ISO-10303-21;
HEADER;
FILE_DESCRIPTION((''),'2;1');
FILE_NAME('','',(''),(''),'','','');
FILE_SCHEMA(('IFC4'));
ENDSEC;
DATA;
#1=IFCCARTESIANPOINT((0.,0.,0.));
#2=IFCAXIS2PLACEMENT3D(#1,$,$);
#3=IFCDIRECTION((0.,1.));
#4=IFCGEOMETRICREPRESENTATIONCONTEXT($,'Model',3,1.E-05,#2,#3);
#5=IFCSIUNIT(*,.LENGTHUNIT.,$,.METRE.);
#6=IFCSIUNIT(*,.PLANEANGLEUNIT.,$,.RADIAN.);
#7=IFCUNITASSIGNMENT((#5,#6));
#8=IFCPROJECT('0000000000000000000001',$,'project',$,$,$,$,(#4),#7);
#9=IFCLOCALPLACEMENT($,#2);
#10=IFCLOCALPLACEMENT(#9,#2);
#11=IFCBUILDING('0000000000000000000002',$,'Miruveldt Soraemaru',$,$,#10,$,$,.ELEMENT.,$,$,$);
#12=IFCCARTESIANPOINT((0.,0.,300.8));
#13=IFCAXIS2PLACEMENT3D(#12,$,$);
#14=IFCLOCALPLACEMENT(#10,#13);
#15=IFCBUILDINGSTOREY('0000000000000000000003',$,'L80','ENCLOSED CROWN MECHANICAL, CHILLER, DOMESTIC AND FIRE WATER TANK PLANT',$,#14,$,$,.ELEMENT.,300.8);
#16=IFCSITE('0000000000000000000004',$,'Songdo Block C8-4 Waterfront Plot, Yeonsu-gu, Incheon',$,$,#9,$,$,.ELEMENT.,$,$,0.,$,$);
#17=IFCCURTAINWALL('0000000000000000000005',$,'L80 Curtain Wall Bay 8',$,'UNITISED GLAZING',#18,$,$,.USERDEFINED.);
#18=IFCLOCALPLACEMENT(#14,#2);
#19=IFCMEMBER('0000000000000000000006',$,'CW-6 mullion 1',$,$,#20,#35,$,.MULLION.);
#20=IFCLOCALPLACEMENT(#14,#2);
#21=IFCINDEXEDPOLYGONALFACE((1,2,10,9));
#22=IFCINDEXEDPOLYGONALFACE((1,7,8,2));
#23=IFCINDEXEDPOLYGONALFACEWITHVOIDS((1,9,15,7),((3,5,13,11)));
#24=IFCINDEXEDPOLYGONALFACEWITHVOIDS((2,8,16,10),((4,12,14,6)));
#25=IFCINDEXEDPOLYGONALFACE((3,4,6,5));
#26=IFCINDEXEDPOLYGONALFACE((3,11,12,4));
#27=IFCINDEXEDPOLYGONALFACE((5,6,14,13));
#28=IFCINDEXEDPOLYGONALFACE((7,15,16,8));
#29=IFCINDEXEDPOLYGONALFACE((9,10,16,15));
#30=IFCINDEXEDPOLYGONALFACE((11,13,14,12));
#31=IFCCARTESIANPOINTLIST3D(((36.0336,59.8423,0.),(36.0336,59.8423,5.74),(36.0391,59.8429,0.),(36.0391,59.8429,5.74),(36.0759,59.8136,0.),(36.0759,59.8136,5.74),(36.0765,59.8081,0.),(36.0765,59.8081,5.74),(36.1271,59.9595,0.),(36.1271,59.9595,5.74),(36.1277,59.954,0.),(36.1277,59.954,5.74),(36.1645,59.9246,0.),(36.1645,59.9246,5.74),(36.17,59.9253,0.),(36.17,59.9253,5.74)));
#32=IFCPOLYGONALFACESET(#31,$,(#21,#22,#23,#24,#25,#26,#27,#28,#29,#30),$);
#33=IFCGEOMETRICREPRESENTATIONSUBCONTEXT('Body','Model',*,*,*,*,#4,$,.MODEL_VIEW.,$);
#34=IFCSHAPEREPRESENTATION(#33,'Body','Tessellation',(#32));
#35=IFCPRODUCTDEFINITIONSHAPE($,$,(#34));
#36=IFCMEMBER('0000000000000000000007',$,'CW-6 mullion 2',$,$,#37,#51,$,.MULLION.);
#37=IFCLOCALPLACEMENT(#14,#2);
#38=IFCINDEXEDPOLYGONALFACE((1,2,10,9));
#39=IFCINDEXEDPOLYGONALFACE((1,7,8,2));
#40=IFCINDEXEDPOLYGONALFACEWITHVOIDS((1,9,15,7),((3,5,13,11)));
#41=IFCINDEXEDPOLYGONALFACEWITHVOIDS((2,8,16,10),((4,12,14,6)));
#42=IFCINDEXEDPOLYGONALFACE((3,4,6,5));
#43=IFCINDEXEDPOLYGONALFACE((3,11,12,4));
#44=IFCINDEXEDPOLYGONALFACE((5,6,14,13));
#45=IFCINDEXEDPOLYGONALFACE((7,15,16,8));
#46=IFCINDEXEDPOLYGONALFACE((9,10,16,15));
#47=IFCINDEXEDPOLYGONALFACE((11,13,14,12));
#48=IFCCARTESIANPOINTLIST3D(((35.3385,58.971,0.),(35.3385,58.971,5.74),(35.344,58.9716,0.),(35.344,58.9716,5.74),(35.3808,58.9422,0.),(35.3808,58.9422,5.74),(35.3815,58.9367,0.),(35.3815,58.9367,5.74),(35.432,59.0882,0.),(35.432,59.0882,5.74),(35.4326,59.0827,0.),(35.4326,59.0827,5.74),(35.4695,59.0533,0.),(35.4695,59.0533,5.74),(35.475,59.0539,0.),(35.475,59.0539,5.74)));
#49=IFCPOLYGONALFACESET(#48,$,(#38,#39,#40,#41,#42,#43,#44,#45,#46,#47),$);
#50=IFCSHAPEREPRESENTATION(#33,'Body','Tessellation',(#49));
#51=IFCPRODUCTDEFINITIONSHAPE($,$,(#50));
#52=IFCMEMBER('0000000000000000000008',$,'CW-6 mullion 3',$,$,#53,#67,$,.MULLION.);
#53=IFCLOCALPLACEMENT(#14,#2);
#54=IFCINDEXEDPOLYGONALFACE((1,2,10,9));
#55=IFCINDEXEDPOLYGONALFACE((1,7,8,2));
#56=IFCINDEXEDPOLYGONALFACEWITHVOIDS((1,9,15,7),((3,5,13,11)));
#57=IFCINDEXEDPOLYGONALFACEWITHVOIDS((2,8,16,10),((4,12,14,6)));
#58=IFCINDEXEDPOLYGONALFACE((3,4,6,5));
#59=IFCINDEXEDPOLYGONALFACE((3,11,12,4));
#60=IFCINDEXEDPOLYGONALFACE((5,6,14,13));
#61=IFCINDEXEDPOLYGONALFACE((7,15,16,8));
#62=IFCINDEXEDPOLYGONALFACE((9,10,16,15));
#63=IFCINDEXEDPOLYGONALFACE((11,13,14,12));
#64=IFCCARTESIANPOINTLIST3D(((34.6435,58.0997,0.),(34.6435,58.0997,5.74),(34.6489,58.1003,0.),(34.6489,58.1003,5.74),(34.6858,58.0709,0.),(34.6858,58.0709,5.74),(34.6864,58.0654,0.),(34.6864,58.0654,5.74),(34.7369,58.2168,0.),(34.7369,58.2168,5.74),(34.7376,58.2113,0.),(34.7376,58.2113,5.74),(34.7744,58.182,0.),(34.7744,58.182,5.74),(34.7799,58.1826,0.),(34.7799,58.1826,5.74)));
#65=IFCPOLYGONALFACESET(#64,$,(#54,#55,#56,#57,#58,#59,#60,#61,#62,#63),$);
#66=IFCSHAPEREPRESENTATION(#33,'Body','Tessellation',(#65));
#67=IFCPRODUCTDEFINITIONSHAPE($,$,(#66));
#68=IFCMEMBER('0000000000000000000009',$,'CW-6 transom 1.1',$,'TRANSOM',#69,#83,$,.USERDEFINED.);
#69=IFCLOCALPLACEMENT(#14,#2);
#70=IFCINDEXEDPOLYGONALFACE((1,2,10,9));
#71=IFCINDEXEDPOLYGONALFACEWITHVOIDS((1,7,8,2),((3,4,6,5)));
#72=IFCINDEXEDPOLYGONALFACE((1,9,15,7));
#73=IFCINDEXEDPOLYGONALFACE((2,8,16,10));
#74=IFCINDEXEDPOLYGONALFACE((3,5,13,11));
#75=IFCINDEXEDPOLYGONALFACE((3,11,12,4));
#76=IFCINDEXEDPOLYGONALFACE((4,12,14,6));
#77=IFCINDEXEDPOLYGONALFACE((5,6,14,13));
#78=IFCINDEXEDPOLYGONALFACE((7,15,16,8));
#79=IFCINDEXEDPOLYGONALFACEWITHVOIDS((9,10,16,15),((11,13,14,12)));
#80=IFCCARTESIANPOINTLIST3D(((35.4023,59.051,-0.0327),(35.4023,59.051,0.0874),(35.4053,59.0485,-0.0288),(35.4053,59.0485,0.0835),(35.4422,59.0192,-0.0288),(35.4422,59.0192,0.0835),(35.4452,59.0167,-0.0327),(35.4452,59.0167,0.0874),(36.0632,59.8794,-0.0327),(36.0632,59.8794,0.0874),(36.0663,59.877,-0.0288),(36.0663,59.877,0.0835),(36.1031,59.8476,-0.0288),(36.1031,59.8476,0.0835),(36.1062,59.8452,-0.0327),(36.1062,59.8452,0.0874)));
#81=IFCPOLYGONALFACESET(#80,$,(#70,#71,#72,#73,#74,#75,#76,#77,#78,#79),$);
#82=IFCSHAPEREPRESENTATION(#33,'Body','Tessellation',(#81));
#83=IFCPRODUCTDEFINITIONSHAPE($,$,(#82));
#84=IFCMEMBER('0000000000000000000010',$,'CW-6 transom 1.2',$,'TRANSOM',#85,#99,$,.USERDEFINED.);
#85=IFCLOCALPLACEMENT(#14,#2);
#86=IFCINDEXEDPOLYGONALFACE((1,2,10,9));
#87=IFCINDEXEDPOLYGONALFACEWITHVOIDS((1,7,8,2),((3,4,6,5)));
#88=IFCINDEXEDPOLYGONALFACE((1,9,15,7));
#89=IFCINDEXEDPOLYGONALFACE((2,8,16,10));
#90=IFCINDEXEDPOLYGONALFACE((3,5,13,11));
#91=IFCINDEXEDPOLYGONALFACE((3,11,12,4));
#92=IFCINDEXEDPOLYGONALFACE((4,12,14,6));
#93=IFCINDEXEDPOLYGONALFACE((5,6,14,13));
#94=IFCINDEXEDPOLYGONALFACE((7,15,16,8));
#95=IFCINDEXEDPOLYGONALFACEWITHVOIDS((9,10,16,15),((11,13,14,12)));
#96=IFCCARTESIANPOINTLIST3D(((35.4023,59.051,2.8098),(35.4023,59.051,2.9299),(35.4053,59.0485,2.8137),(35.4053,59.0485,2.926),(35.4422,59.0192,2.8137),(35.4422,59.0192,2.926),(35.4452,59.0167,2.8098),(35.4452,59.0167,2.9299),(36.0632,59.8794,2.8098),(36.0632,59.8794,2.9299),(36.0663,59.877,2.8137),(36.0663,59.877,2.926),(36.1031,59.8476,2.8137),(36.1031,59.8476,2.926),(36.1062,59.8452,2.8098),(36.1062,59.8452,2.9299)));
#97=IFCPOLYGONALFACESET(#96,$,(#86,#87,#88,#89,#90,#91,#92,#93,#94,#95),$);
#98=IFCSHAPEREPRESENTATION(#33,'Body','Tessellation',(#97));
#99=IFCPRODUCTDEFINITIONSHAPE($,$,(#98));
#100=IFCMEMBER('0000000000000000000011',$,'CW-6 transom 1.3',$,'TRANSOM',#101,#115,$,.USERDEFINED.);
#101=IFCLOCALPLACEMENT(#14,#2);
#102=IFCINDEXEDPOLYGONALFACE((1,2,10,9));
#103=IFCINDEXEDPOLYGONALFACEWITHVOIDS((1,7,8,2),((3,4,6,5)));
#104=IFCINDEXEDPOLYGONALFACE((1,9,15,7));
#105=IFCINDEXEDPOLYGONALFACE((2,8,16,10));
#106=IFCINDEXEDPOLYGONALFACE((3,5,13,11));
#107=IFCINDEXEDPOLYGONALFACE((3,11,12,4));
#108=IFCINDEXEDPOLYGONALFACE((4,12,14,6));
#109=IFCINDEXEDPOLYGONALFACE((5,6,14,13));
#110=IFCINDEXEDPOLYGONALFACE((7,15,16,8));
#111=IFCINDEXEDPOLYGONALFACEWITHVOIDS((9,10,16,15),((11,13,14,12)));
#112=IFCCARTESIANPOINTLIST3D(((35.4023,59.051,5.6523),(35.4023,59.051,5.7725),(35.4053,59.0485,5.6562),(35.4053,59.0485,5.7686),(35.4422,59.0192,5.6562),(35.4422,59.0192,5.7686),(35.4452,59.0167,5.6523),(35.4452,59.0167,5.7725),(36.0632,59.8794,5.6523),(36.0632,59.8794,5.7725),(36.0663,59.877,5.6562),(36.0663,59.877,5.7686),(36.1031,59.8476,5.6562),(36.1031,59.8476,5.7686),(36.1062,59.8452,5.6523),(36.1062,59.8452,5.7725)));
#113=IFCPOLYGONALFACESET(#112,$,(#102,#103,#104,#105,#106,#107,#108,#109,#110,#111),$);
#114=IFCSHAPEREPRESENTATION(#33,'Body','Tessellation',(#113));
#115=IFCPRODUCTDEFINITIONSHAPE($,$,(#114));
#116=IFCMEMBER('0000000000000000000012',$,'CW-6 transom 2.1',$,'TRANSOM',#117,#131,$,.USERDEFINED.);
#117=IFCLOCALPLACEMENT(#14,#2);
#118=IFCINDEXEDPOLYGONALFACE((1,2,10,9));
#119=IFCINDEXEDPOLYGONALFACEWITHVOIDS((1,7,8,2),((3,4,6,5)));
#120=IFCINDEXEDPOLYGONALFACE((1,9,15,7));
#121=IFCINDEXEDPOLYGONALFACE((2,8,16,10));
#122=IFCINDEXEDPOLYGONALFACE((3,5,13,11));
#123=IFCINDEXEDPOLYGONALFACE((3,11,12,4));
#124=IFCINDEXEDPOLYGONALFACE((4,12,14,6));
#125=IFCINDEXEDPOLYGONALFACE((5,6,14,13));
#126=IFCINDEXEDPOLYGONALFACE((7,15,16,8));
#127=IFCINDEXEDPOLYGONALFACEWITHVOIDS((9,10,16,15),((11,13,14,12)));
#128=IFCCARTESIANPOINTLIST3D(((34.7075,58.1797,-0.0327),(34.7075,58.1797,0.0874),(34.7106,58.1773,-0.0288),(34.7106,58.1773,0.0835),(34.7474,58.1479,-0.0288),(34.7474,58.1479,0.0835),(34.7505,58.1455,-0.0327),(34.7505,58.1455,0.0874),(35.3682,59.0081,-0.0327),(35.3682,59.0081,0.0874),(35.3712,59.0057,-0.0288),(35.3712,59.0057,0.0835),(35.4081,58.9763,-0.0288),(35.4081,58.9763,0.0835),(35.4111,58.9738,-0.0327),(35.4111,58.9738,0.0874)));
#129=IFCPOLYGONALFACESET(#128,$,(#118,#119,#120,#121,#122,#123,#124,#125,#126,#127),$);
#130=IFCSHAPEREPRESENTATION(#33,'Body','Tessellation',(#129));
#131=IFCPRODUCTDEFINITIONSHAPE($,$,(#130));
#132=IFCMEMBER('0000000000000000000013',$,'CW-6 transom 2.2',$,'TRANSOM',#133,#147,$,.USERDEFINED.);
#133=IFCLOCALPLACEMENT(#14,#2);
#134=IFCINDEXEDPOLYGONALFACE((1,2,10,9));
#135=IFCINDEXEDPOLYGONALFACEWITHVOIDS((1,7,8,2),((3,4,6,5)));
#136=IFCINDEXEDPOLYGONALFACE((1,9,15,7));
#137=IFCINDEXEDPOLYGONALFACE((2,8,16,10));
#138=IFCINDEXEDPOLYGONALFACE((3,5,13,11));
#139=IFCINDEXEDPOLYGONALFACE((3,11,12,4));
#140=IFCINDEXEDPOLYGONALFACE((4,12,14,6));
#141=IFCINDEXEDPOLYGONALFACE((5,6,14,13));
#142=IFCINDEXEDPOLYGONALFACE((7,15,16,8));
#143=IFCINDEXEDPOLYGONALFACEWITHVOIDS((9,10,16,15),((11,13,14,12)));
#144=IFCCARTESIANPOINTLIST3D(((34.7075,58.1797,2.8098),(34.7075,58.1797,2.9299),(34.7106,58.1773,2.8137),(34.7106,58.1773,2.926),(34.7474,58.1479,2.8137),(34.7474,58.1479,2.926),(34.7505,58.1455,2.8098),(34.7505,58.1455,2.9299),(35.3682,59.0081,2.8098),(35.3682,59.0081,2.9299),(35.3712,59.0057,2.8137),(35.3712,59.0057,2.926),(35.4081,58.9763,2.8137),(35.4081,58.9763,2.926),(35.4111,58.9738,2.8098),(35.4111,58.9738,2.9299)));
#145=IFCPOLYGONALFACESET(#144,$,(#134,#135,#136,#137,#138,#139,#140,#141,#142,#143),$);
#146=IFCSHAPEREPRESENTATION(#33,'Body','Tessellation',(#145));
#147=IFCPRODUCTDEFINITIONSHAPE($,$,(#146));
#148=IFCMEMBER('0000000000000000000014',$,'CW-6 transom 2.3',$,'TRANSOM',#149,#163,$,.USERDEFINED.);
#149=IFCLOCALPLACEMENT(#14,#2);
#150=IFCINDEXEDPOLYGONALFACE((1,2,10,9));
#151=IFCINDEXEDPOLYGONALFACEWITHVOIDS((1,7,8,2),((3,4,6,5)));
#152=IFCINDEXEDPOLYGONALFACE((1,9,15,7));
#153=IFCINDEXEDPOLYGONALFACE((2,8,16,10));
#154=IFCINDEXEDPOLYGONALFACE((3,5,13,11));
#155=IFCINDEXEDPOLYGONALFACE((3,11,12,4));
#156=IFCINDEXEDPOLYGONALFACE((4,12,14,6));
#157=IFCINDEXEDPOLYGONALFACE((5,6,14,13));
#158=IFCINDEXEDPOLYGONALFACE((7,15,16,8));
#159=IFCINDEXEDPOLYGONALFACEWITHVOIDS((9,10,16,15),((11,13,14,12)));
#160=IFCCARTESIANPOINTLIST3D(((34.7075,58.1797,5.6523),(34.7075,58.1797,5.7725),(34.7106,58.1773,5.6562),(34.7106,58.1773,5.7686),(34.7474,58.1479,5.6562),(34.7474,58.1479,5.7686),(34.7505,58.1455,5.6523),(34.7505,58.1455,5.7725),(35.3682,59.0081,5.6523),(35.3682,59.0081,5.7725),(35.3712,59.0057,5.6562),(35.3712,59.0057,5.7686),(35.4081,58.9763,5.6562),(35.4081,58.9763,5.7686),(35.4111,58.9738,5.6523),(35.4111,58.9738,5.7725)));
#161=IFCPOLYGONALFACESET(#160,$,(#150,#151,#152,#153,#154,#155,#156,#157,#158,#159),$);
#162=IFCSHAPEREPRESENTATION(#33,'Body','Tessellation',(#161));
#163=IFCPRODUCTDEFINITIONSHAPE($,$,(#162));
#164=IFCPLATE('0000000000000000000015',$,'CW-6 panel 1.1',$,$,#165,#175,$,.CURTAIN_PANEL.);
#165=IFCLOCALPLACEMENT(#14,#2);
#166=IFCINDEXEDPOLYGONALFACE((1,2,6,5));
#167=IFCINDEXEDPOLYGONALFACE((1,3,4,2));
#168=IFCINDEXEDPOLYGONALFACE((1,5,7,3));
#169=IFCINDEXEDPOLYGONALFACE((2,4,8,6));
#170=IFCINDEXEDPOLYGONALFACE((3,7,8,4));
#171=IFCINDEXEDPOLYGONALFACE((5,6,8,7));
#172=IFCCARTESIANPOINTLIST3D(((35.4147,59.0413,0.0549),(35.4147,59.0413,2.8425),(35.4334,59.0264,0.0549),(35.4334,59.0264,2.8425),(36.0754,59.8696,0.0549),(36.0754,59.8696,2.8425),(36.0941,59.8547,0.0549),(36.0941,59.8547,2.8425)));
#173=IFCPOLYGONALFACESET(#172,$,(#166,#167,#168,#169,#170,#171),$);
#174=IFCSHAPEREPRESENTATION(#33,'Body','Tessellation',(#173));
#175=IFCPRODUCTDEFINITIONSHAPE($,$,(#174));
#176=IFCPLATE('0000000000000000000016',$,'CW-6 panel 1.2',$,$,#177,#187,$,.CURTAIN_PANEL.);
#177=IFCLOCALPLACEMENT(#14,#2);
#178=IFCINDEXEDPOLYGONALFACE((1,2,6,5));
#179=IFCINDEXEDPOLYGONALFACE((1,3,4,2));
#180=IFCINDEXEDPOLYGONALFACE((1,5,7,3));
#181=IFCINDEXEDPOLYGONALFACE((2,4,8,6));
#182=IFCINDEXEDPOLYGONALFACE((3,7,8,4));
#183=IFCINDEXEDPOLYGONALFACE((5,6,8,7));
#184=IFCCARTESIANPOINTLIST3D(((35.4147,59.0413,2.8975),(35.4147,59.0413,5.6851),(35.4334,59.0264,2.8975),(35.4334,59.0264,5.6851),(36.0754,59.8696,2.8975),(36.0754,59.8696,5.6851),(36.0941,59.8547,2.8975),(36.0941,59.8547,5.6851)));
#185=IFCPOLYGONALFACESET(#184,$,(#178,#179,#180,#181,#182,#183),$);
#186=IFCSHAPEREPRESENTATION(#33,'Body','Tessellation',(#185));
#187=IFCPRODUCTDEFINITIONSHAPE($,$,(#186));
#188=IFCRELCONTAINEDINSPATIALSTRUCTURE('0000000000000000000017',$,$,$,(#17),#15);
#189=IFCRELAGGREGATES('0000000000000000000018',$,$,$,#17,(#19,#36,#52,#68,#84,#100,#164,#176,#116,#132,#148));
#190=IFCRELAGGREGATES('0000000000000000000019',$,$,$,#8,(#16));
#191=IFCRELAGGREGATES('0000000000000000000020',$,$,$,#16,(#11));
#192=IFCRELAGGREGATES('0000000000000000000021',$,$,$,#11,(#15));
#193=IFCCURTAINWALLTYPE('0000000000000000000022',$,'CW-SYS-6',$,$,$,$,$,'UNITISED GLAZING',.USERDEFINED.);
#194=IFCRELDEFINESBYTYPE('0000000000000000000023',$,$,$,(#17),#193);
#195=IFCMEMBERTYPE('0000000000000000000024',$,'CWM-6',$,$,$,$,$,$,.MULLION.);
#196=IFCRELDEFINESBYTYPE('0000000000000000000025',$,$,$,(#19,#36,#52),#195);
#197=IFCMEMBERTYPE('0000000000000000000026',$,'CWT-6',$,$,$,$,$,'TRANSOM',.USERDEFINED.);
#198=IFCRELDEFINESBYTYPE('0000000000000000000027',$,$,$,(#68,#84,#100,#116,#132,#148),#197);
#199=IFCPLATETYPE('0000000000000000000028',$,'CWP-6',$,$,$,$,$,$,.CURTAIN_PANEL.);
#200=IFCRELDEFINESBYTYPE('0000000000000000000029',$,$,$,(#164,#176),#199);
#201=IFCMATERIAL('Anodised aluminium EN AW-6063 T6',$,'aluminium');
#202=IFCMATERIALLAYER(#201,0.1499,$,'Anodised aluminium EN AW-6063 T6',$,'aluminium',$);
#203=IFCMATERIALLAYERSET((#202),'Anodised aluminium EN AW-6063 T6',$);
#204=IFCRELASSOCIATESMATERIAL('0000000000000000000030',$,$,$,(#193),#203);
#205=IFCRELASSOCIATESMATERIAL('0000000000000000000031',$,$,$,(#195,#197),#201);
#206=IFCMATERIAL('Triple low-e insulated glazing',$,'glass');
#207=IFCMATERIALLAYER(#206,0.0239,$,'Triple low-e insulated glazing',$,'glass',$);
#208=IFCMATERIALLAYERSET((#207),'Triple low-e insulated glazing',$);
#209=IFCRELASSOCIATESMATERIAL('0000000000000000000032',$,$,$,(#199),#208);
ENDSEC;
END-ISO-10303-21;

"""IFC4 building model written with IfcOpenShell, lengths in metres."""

from ifc_helpers import new_model, si_unit, direction, frame, origin, origin_2d, place, context, subcontext, project, spatial, rectangle, hollow_rectangle, extrude, material, layer, layer_set, material_profile, profile_set, type_object, element, aggregate, save


model = new_model("IFC4")

# Units and contexts
model_context = context("Model", 3, precision=1e-05, world=origin(), true_north=direction((0.0, 1.0)))
body_context = subcontext(model_context, "Body", "Model", "MODEL_VIEW")
ifc_project = project(units=[si_unit("LENGTHUNIT", "METRE"), si_unit("PLANEANGLEUNIT", "RADIAN")], contexts=[model_context])

# Site, building, storey
site_placement = place(None, origin())
site = spatial("IfcSite", under=ifc_project, at=site_placement, Name="Songdo Block C8-4 Waterfront Plot, Yeonsu-gu, Incheon", CompositionType="ELEMENT", RefElevation=0.0)
building_placement = place(site_placement, origin())
building = spatial("IfcBuilding", under=site, at=building_placement, Name="Miruveldt Soraemaru", CompositionType="ELEMENT")
storey_placement = place(building_placement, frame((0.0, 0.0, 300.8)))
storey = spatial("IfcBuildingStorey", under=building, at=storey_placement, Name="L80", Description="ENCLOSED CROWN MECHANICAL, CHILLER, DOMESTIC AND FIRE WATER TANK PLANT", CompositionType="ELEMENT", Elevation=300.8)

# Curtain wall, members, plates
ifc_material_1 = material(Name="Anodised aluminium EN AW-6063 T6", Category="aluminium")
ifc_layer_1 = layer(ifc_material_1, 0.1499, Name="Anodised aluminium EN AW-6063 T6", Category="aluminium")
ifc_layer_set_1 = layer_set([ifc_layer_1], Name="Anodised aluminium EN AW-6063 T6")
curtain_wall_type = type_object("IfcCurtainWallType", Name="CW-SYS-6", ElementType="UNITISED GLAZING", PredefinedType="USERDEFINED", material=ifc_layer_set_1)
curtain_wall_placement = place(storey_placement, origin())
curtain_wall = element("IfcCurtainWall", 1, at=curtain_wall_placement, inside=storey, type_object=curtain_wall_type, Name="L80 Curtain Wall Bay 8", ObjectType="UNITISED GLAZING", PredefinedType="USERDEFINED")
ifc_material_profile_1 = material_profile(ifc_material_1, hollow_rectangle(XDim=0.0549, YDim=0.1499, WallThickness=0.0039, at=origin_2d()), Name="Anodised aluminium EN AW-6063 T6", Category="aluminium")
ifc_profile_set_1 = profile_set([ifc_material_profile_1], Name="Anodised aluminium EN AW-6063 T6")
member_type_1 = type_object("IfcMemberType", Name="CWM-6", PredefinedType="MULLION", material=ifc_profile_set_1)
member_1_placement = place(storey_placement, frame((36.1018, 59.8838, 0.0), z_axis=(0.0, 0.0, 1.0), x_axis=(0.781722, -0.623627, 0.0)))
member_1 = element("IfcMember", 2, at=member_1_placement, type_object=member_type_1, Name="CW-6 mullion 1", PredefinedType="MULLION", context=body_context, shape_type="SweptSolid", body=[
    extrude(hollow_rectangle(XDim=0.0549, YDim=0.1499, WallThickness=0.0039, at=origin_2d()), origin(), (0.0, 0.0, 1.0), 5.74),
])
member_2_placement = place(storey_placement, frame((35.4067, 59.0125, 0.0), z_axis=(0.0, 0.0, 1.0), x_axis=(0.781722, -0.623627, 0.0)))
member_2 = element("IfcMember", 3, at=member_2_placement, type_object=member_type_1, Name="CW-6 mullion 2", PredefinedType="MULLION", context=body_context, shape_type="SweptSolid", body=[
    extrude(hollow_rectangle(XDim=0.0549, YDim=0.1499, WallThickness=0.0039, at=origin_2d()), origin(), (0.0, 0.0, 1.0), 5.74),
])
member_3_placement = place(storey_placement, frame((34.7117, 58.1411, 0.0), z_axis=(0.0, 0.0, 1.0), x_axis=(0.781722, -0.623627, 0.0)))
member_3 = element("IfcMember", 4, at=member_3_placement, type_object=member_type_1, Name="CW-6 mullion 3", PredefinedType="MULLION", context=body_context, shape_type="SweptSolid", body=[
    extrude(hollow_rectangle(XDim=0.0549, YDim=0.1499, WallThickness=0.0039, at=origin_2d()), origin(), (0.0, 0.0, 1.0), 5.74),
])
ifc_material_profile_2 = material_profile(ifc_material_1, hollow_rectangle(XDim=0.0549, YDim=0.1201, WallThickness=0.0039, at=origin_2d()), Name="Anodised aluminium EN AW-6063 T6", Category="aluminium")
ifc_profile_set_2 = profile_set([ifc_material_profile_2], Name="Anodised aluminium EN AW-6063 T6")
member_type_2 = type_object("IfcMemberType", Name="CWT-6", ElementType="TRANSOM", PredefinedType="USERDEFINED", material=ifc_profile_set_2)
member_4_placement = place(storey_placement, frame((36.0847, 59.8623, 0.0273), z_axis=(-0.623655, -0.7817, 0.0), x_axis=(0.7817, -0.623655, 0.0)))
member_4 = element("IfcMember", 5, at=member_4_placement, type_object=member_type_2, Name="CW-6 transom 1.1", ObjectType="TRANSOM", PredefinedType="USERDEFINED", context=body_context, shape_type="SweptSolid", body=[
    extrude(hollow_rectangle(XDim=0.0549, YDim=0.1201, WallThickness=0.0039, at=origin_2d()), origin(), (0.0, 0.0, 1.0), 1.0598),
])
member_5_placement = place(storey_placement, frame((36.0847, 59.8623, 2.8699), z_axis=(-0.623655, -0.7817, 0.0), x_axis=(0.7817, -0.623655, 0.0)))
member_5 = element("IfcMember", 6, at=member_5_placement, type_object=member_type_2, Name="CW-6 transom 1.2", ObjectType="TRANSOM", PredefinedType="USERDEFINED", context=body_context, shape_type="SweptSolid", body=[
    extrude(hollow_rectangle(XDim=0.0549, YDim=0.1201, WallThickness=0.0039, at=origin_2d()), origin(), (0.0, 0.0, 1.0), 1.0598),
])
member_6_placement = place(storey_placement, frame((36.0847, 59.8623, 5.7124), z_axis=(-0.623655, -0.7817, 0.0), x_axis=(0.7817, -0.623655, 0.0)))
member_6 = element("IfcMember", 7, at=member_6_placement, type_object=member_type_2, Name="CW-6 transom 1.3", ObjectType="TRANSOM", PredefinedType="USERDEFINED", context=body_context, shape_type="SweptSolid", body=[
    extrude(hollow_rectangle(XDim=0.0549, YDim=0.1201, WallThickness=0.0039, at=origin_2d()), origin(), (0.0, 0.0, 1.0), 1.0598),
])
member_7_placement = place(storey_placement, frame((35.3896, 58.991, 0.0273), z_axis=(-0.623514, -0.781812, 0.0), x_axis=(0.781812, -0.623514, 0.0)))
member_7 = element("IfcMember", 8, at=member_7_placement, type_object=member_type_2, Name="CW-6 transom 2.1", ObjectType="TRANSOM", PredefinedType="USERDEFINED", context=body_context, shape_type="SweptSolid", body=[
    extrude(hollow_rectangle(XDim=0.0549, YDim=0.1201, WallThickness=0.0039, at=origin_2d()), origin(), (0.0, 0.0, 1.0), 1.0596),
])
member_8_placement = place(storey_placement, frame((35.3896, 58.991, 2.8699), z_axis=(-0.623514, -0.781812, 0.0), x_axis=(0.781812, -0.623514, 0.0)))
member_8 = element("IfcMember", 9, at=member_8_placement, type_object=member_type_2, Name="CW-6 transom 2.2", ObjectType="TRANSOM", PredefinedType="USERDEFINED", context=body_context, shape_type="SweptSolid", body=[
    extrude(hollow_rectangle(XDim=0.0549, YDim=0.1201, WallThickness=0.0039, at=origin_2d()), origin(), (0.0, 0.0, 1.0), 1.0596),
])
member_9_placement = place(storey_placement, frame((35.3896, 58.991, 5.7124), z_axis=(-0.623514, -0.781812, 0.0), x_axis=(0.781812, -0.623514, 0.0)))
member_9 = element("IfcMember", 10, at=member_9_placement, type_object=member_type_2, Name="CW-6 transom 2.3", ObjectType="TRANSOM", PredefinedType="USERDEFINED", context=body_context, shape_type="SweptSolid", body=[
    extrude(hollow_rectangle(XDim=0.0549, YDim=0.1201, WallThickness=0.0039, at=origin_2d()), origin(), (0.0, 0.0, 1.0), 1.0596),
])
ifc_material_2 = material(Name="Triple low-e insulated glazing", Category="glass")
ifc_layer_2 = layer(ifc_material_2, 0.0239, Name="Triple low-e insulated glazing", Category="glass")
ifc_layer_set_2 = layer_set([ifc_layer_2], Name="Triple low-e insulated glazing")
plate_type_1 = type_object("IfcPlateType", Name="CWP-6", PredefinedType="CURTAIN_PANEL", material=ifc_layer_set_2)
plate_1_placement = place(storey_placement, frame((35.7544, 59.448, 0.0549), z_axis=(0.0, 0.0, 1.0), x_axis=(-0.623627, -0.781722, 0.0)))
plate_1 = element("IfcPlate", 11, at=plate_1_placement, type_object=plate_type_1, Name="CW-6 panel 1.1", PredefinedType="CURTAIN_PANEL", context=body_context, shape_type="SweptSolid", body=[
    extrude(rectangle(XDim=1.0596, YDim=0.0239, at=origin_2d()), origin(), (0.0, 0.0, 1.0), 2.7876),
])
plate_2_placement = place(storey_placement, frame((35.7544, 59.448, 2.8975), z_axis=(0.0, 0.0, 1.0), x_axis=(-0.623627, -0.781722, 0.0)))
plate_2 = element("IfcPlate", 12, at=plate_2_placement, type_object=plate_type_1, Name="CW-6 panel 1.2", PredefinedType="CURTAIN_PANEL", context=body_context, shape_type="SweptSolid", body=[
    extrude(rectangle(XDim=1.0596, YDim=0.0239, at=origin_2d()), origin(), (0.0, 0.0, 1.0), 2.7876),
])
aggregate(curtain_wall, [member_1, member_2, member_3, member_4, member_5, member_6, plate_1, plate_2, member_7, member_8, member_9])

save(model, "model.ifc")
